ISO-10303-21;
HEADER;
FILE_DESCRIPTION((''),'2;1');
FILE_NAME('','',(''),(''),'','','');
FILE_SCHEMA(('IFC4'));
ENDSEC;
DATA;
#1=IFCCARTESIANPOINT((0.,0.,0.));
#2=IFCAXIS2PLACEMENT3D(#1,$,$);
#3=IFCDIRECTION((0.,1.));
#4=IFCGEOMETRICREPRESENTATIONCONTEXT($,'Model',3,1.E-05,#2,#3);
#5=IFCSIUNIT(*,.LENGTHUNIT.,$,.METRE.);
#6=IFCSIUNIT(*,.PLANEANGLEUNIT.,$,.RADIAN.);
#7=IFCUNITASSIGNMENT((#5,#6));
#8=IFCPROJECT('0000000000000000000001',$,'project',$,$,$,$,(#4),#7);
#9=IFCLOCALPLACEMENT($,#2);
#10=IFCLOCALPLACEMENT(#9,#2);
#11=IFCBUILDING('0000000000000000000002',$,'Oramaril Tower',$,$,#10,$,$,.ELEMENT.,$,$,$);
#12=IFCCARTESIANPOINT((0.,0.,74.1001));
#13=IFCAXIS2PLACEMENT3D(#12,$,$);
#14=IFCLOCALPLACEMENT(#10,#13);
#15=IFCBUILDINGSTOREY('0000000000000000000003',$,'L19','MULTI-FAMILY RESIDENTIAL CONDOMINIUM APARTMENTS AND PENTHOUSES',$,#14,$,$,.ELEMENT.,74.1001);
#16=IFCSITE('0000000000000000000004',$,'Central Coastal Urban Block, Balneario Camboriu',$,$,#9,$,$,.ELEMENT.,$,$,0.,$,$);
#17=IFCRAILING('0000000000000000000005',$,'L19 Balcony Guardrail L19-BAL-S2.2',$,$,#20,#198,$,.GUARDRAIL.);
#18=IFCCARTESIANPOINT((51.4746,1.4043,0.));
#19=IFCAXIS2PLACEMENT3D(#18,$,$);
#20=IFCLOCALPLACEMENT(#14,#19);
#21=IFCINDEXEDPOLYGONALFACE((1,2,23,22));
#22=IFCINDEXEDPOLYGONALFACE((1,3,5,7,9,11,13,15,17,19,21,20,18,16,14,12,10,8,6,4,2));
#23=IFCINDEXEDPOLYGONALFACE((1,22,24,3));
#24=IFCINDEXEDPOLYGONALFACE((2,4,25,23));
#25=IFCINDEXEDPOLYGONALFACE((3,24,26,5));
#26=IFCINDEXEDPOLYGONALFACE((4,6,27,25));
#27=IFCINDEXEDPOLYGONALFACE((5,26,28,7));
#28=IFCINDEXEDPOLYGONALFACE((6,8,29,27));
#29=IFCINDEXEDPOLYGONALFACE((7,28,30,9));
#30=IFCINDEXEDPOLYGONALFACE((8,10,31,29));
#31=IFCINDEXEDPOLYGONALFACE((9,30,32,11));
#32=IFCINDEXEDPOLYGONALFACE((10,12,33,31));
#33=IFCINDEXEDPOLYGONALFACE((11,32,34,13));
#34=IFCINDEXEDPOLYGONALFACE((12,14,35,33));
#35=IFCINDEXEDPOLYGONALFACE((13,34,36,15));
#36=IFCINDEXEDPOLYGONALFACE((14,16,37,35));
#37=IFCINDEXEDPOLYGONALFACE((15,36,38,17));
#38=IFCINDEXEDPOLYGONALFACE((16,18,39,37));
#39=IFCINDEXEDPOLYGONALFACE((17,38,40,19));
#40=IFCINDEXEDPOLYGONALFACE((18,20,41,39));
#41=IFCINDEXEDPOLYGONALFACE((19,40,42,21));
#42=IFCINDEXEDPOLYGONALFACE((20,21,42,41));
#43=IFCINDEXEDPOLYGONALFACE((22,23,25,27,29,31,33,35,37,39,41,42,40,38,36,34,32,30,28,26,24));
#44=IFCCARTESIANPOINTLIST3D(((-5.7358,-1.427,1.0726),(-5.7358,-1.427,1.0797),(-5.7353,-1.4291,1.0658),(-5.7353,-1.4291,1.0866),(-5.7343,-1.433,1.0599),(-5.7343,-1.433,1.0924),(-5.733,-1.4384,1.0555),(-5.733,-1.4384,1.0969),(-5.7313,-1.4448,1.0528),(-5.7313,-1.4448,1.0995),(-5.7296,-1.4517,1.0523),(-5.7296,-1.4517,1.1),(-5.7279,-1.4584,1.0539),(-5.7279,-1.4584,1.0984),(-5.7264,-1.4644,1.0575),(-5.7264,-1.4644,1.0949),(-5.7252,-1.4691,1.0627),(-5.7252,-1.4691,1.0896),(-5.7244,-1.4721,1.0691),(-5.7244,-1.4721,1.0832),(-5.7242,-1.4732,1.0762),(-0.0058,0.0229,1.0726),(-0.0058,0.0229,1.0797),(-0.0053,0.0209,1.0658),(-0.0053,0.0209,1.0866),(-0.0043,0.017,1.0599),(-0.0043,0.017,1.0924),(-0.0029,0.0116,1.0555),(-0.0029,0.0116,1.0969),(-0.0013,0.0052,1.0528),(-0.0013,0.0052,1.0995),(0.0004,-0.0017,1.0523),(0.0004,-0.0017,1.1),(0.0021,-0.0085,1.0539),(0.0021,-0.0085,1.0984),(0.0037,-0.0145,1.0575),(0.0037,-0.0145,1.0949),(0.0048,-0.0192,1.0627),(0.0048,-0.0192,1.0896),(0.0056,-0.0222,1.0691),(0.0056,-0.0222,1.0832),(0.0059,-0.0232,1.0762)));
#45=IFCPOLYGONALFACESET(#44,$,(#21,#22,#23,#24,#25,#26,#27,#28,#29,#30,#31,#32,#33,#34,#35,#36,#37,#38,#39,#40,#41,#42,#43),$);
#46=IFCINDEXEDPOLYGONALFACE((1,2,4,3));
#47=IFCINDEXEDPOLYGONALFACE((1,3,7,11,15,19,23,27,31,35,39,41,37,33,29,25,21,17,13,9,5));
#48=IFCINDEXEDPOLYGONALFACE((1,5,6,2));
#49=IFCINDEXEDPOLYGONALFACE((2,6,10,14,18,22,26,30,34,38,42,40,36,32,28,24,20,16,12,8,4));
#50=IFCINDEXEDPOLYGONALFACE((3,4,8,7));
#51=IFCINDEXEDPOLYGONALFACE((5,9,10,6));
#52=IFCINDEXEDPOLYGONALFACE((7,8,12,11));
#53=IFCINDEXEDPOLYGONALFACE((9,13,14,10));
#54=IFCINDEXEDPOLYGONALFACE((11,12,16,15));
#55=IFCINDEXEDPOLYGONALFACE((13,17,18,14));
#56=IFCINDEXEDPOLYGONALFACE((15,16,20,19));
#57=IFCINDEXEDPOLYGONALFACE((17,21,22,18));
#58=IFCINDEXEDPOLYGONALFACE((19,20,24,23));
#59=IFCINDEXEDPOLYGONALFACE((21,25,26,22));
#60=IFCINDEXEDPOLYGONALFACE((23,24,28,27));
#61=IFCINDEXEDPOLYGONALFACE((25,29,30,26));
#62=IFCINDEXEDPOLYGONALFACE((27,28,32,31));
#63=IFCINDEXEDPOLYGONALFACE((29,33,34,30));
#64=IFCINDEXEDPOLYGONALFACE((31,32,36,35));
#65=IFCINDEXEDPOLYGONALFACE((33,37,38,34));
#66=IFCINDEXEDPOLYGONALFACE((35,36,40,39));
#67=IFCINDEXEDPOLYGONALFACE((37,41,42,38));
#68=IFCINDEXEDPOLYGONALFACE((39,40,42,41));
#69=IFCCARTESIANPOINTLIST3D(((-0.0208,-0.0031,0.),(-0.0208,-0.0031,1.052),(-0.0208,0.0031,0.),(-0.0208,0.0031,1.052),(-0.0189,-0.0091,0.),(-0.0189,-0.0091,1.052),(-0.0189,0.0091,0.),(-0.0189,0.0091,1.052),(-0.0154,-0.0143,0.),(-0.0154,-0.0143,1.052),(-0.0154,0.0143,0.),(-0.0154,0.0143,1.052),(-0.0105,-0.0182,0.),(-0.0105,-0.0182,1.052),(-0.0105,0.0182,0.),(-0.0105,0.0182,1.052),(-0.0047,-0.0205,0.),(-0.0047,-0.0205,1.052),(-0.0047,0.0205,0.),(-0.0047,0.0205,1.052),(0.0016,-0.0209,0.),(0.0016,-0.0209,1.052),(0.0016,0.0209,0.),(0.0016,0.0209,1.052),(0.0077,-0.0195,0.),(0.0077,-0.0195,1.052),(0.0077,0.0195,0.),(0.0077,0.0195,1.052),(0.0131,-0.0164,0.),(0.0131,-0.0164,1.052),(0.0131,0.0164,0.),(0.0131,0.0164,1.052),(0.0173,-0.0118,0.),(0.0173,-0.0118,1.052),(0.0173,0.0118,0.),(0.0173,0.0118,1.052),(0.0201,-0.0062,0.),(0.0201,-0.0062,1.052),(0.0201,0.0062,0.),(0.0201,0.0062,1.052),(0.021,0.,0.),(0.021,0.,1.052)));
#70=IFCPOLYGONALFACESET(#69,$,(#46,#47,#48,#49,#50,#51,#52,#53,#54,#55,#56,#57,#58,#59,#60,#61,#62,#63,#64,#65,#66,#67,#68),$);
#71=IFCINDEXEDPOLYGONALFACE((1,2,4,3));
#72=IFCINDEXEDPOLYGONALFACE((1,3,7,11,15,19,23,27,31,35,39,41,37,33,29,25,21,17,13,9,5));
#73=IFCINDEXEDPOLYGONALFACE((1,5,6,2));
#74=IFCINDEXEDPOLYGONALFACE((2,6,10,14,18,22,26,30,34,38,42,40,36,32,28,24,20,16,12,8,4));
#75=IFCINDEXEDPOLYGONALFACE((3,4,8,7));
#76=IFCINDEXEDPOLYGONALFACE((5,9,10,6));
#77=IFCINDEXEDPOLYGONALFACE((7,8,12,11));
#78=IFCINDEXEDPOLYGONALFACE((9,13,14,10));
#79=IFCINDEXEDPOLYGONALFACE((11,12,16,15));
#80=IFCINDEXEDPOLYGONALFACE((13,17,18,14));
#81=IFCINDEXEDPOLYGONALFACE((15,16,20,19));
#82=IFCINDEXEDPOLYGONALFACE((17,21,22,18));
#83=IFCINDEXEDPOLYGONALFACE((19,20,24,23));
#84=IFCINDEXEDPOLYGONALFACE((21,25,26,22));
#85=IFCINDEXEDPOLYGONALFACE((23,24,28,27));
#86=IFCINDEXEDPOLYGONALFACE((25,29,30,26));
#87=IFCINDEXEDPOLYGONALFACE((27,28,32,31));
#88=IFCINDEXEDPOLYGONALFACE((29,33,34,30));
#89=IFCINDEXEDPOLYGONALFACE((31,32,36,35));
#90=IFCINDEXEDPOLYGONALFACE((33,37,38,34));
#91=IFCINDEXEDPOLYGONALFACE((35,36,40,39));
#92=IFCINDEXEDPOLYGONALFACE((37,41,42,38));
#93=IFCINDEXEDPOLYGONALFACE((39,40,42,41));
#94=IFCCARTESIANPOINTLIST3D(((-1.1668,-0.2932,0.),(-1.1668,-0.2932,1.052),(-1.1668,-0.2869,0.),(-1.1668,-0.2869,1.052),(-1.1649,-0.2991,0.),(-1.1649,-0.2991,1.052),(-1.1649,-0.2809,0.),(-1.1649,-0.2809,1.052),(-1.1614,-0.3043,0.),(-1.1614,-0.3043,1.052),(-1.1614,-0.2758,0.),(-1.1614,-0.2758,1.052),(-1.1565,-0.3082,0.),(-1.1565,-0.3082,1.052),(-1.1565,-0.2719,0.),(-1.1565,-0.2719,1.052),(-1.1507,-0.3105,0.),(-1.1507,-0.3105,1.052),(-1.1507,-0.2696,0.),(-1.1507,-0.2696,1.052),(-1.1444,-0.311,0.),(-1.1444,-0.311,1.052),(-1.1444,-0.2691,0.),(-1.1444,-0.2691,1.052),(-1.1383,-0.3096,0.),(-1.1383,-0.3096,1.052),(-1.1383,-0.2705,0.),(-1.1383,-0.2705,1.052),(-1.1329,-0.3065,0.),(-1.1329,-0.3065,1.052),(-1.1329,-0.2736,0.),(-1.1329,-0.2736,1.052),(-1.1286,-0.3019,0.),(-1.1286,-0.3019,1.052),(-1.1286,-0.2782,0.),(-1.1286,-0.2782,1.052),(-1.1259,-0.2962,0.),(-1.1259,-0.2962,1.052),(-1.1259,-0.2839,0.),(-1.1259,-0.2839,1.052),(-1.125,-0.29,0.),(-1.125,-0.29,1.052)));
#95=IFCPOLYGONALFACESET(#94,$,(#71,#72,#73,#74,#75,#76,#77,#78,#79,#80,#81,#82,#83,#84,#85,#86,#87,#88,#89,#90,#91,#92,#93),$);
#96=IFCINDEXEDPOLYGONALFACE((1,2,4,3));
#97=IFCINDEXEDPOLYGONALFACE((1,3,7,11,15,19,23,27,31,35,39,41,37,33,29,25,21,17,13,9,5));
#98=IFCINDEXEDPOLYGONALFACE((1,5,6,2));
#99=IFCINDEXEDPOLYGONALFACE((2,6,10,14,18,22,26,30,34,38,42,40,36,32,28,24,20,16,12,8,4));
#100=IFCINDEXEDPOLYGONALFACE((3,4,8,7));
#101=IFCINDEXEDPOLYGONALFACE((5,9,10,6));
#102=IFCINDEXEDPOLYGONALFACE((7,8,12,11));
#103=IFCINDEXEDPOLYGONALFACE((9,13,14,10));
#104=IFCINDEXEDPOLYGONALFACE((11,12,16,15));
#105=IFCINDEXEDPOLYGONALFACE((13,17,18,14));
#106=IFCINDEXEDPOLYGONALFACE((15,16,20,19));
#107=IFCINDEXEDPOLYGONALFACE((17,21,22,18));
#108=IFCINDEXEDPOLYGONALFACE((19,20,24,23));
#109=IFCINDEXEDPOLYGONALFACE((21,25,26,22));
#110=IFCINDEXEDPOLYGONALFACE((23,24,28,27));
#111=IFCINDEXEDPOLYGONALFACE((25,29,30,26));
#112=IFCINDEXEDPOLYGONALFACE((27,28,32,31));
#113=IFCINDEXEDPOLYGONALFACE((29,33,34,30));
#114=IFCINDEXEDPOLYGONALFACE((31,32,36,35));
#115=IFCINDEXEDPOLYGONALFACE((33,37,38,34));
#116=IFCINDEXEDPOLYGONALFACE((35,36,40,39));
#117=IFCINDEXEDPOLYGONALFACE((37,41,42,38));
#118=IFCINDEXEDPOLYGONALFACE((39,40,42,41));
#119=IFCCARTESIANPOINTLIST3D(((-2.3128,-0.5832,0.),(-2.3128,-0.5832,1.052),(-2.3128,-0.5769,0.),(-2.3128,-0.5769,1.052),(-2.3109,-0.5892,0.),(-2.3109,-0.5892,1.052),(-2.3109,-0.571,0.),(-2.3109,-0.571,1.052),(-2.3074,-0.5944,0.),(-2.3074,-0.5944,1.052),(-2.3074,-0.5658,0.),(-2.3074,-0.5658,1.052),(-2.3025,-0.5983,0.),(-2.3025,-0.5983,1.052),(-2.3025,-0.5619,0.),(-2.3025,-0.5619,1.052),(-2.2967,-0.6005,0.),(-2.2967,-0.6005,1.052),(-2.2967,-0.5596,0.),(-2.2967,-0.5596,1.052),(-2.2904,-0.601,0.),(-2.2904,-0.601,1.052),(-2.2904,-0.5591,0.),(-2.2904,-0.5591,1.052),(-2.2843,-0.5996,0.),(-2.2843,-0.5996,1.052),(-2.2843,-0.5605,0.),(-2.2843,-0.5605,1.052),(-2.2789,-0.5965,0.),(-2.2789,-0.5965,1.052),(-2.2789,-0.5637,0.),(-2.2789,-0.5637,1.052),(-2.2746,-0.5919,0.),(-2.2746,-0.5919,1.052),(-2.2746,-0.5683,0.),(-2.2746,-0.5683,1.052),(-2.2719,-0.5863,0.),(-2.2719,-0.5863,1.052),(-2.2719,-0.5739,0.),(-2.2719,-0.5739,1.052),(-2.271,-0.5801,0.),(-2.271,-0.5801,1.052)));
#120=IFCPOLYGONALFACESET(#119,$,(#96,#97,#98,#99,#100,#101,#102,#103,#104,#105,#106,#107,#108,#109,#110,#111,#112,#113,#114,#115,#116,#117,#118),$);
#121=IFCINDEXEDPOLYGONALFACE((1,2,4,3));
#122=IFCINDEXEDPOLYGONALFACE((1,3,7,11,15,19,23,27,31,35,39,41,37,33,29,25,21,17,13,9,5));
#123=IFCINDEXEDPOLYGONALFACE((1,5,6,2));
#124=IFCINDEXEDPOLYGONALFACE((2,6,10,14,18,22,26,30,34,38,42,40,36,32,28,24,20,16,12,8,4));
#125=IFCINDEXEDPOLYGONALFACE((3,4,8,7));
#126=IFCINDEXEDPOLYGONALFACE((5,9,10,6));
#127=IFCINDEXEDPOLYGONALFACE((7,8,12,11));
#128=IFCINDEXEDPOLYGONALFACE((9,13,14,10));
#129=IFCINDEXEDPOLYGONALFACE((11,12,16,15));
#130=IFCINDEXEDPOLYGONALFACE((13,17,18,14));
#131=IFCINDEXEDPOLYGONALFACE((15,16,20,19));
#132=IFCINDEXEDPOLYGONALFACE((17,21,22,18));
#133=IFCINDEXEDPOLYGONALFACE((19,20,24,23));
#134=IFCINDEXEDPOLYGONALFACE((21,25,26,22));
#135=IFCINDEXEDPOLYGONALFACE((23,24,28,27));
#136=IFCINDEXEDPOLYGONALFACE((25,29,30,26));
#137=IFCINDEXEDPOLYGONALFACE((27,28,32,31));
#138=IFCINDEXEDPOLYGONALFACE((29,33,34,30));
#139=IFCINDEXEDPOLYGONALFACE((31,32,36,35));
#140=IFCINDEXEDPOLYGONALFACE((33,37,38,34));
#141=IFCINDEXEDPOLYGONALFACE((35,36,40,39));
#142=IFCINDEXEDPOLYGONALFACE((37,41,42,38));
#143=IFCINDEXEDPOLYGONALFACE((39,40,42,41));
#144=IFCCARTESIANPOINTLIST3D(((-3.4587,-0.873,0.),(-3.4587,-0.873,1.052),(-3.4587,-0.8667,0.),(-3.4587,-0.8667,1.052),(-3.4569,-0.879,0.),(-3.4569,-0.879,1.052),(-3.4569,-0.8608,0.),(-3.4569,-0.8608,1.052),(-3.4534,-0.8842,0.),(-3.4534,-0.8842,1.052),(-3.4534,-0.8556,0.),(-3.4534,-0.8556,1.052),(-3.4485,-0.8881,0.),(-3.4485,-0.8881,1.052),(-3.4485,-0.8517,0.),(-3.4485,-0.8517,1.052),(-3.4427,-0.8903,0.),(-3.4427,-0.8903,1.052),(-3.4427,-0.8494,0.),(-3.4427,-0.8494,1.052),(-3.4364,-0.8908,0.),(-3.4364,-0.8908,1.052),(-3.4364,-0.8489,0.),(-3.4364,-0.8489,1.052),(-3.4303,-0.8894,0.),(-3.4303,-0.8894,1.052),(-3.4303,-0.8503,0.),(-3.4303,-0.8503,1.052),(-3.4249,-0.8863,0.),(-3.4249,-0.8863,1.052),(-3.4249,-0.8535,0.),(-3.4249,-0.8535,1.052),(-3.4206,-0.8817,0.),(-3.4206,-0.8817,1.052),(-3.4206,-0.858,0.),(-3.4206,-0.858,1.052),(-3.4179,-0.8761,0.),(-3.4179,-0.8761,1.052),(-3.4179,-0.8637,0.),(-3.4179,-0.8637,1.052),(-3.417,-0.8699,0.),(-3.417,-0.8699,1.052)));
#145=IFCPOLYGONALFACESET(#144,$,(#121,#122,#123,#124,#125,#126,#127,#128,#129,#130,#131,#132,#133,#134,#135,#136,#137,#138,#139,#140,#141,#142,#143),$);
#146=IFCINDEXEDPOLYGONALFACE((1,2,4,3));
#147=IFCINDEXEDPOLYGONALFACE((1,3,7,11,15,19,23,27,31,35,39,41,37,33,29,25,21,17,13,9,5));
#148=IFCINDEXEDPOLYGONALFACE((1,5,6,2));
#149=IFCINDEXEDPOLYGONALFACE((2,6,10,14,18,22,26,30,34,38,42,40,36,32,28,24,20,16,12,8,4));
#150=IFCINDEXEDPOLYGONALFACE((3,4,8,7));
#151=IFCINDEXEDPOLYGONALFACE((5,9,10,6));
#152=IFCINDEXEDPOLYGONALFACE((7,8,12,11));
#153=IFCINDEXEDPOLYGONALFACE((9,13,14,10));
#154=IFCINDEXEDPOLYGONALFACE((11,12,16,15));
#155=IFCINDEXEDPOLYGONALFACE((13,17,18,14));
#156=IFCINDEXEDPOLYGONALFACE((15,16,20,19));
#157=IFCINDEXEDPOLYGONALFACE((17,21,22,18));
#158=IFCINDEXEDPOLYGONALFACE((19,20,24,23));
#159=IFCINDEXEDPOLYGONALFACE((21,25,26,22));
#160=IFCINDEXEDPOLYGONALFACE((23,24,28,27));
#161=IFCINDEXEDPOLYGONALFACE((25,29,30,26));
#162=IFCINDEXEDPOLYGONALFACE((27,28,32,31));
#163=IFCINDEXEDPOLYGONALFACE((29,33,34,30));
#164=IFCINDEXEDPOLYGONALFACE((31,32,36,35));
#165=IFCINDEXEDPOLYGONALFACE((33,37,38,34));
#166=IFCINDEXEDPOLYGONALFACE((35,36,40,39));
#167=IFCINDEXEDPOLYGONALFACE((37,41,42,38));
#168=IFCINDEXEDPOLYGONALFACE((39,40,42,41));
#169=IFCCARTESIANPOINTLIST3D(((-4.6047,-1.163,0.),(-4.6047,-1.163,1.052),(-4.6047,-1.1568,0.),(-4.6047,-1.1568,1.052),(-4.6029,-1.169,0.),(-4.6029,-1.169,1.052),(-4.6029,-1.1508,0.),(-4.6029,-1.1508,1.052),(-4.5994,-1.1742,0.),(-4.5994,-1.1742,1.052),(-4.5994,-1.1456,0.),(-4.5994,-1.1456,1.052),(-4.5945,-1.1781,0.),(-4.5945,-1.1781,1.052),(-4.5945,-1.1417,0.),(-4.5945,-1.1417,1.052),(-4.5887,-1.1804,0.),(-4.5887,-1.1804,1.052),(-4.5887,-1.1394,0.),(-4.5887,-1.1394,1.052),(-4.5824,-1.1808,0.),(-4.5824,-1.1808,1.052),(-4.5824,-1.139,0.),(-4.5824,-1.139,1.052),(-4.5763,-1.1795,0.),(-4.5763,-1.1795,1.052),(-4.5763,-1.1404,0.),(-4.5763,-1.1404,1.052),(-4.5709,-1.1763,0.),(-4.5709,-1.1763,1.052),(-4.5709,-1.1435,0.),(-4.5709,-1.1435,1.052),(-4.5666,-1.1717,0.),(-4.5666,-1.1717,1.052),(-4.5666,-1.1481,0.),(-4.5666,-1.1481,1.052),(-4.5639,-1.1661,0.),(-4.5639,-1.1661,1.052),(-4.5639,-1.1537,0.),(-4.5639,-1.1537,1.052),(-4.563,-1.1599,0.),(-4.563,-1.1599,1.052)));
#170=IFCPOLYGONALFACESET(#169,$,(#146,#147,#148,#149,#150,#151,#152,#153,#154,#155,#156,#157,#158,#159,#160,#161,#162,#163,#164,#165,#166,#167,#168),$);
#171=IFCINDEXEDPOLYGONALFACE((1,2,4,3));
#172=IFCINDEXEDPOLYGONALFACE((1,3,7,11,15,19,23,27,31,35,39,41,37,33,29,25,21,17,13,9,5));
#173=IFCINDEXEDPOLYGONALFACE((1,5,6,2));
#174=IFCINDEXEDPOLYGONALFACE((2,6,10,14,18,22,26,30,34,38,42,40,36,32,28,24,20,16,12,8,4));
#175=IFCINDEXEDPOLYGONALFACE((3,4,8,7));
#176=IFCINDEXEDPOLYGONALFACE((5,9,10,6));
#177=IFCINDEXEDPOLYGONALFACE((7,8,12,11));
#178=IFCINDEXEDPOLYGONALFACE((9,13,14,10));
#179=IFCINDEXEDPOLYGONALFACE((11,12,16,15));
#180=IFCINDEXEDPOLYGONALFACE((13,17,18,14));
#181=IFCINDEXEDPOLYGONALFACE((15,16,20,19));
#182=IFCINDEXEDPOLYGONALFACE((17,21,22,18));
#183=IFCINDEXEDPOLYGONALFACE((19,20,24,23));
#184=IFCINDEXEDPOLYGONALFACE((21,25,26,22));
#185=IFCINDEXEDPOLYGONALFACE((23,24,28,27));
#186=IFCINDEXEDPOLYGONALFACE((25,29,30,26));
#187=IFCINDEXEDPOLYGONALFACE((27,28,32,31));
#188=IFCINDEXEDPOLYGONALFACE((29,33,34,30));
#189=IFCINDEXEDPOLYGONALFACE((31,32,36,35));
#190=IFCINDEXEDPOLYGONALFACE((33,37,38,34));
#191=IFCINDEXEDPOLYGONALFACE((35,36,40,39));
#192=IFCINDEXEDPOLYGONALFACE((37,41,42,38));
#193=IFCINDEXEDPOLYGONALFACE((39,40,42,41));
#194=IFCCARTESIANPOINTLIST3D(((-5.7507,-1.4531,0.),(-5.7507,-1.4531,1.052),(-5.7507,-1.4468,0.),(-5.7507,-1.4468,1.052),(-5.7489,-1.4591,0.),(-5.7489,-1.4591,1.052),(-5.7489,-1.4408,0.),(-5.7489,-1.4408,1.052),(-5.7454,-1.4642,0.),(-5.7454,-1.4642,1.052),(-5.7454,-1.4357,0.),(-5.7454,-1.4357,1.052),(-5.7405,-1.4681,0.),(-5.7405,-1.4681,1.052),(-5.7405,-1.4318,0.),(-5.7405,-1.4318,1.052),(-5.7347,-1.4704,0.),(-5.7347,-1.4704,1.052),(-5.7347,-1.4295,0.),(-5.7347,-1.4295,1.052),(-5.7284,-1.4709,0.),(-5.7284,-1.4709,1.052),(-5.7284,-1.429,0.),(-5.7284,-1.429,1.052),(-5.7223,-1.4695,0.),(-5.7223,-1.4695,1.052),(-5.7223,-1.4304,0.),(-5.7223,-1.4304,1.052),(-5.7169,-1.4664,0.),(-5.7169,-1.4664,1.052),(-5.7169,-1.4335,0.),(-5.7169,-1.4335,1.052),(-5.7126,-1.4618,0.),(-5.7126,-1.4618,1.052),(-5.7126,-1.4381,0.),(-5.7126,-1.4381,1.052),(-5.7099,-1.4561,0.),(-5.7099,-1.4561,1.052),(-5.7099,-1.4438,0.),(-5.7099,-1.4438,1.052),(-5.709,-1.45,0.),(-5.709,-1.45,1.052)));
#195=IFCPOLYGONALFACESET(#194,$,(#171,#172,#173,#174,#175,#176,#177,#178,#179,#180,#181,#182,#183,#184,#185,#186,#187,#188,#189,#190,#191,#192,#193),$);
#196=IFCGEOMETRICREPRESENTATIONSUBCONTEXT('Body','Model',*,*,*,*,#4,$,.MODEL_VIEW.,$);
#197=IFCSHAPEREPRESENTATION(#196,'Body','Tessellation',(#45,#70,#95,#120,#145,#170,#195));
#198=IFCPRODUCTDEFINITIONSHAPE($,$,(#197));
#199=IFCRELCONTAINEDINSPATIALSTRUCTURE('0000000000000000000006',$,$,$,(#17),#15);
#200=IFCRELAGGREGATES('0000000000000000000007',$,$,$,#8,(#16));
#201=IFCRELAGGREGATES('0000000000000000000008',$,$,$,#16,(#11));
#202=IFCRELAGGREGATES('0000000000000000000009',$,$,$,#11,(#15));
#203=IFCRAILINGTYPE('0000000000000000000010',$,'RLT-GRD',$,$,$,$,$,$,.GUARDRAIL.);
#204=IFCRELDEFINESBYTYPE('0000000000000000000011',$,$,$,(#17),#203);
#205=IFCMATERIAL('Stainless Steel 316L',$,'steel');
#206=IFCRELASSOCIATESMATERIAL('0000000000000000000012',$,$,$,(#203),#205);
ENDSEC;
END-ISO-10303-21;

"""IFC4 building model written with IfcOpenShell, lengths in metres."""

from ifc_helpers import new_model, si_unit, direction, frame, origin, origin_2d, place, context, subcontext, project, spatial, circle, extrude, material, type_object, element, save


model = new_model("IFC4")

# Units and contexts
model_context = context("Model", 3, precision=1e-05, world=origin(), true_north=direction((0.0, 1.0)))
body_context = subcontext(model_context, "Body", "Model", "MODEL_VIEW")
ifc_project = project(units=[si_unit("LENGTHUNIT", "METRE"), si_unit("PLANEANGLEUNIT", "RADIAN")], contexts=[model_context])

# Site, building, storey
site_placement = place(None, origin())
site = spatial("IfcSite", under=ifc_project, at=site_placement, Name="Central Coastal Urban Block, Balneario Camboriu", CompositionType="ELEMENT", RefElevation=0.0)
building_placement = place(site_placement, origin())
building = spatial("IfcBuilding", under=site, at=building_placement, Name="Oramaril Tower", CompositionType="ELEMENT")
storey_placement = place(building_placement, frame((0.0, 0.0, 74.1001)))
storey = spatial("IfcBuildingStorey", under=building, at=storey_placement, Name="L19", Description="MULTI-FAMILY RESIDENTIAL CONDOMINIUM APARTMENTS AND PENTHOUSES", CompositionType="ELEMENT", Elevation=74.1001)

# Railing
ifc_material_1 = material(Name="Stainless Steel 316L", Category="steel")
railing_type = type_object("IfcRailingType", Name="RLT-GRD", PredefinedType="GUARDRAIL", material=ifc_material_1)
railing_1_placement = place(storey_placement, frame((51.4746, 1.4043, 0.0)))
element("IfcRailing", 1, at=railing_1_placement, inside=storey, type_object=railing_type, Name="L19 Balcony Guardrail L19-BAL-S2.2", PredefinedType="GUARDRAIL", context=body_context, shape_type="SweptSolid", body=[
    extrude(circle(Radius=0.0239, at=origin_2d()), frame((0.0, 0.0, 1.0762), z_axis=(-0.969444, -0.245314, 0.0), x_axis=(0.245314, -0.969444, 0.0)), (0.0, 0.0, 1.0), 5.9106),
    extrude(circle(Radius=0.021, at=origin_2d()), origin(), (0.0, 0.0, 1.0), 1.052),
    extrude(circle(Radius=0.021, at=origin_2d()), frame((-1.146, -0.29, 0.0)), (0.0, 0.0, 1.0), 1.052),
    extrude(circle(Radius=0.021, at=origin_2d()), frame((-2.292, -0.5801, 0.0)), (0.0, 0.0, 1.0), 1.052),
    extrude(circle(Radius=0.021, at=origin_2d()), frame((-3.438, -0.8699, 0.0)), (0.0, 0.0, 1.0), 1.052),
    extrude(circle(Radius=0.021, at=origin_2d()), frame((-4.584, -1.1599, 0.0)), (0.0, 0.0, 1.0), 1.052),
    extrude(circle(Radius=0.021, at=origin_2d()), frame((-5.73, -1.45, 0.0)), (0.0, 0.0, 1.0), 1.052),
])

save(model, "model.ifc")
